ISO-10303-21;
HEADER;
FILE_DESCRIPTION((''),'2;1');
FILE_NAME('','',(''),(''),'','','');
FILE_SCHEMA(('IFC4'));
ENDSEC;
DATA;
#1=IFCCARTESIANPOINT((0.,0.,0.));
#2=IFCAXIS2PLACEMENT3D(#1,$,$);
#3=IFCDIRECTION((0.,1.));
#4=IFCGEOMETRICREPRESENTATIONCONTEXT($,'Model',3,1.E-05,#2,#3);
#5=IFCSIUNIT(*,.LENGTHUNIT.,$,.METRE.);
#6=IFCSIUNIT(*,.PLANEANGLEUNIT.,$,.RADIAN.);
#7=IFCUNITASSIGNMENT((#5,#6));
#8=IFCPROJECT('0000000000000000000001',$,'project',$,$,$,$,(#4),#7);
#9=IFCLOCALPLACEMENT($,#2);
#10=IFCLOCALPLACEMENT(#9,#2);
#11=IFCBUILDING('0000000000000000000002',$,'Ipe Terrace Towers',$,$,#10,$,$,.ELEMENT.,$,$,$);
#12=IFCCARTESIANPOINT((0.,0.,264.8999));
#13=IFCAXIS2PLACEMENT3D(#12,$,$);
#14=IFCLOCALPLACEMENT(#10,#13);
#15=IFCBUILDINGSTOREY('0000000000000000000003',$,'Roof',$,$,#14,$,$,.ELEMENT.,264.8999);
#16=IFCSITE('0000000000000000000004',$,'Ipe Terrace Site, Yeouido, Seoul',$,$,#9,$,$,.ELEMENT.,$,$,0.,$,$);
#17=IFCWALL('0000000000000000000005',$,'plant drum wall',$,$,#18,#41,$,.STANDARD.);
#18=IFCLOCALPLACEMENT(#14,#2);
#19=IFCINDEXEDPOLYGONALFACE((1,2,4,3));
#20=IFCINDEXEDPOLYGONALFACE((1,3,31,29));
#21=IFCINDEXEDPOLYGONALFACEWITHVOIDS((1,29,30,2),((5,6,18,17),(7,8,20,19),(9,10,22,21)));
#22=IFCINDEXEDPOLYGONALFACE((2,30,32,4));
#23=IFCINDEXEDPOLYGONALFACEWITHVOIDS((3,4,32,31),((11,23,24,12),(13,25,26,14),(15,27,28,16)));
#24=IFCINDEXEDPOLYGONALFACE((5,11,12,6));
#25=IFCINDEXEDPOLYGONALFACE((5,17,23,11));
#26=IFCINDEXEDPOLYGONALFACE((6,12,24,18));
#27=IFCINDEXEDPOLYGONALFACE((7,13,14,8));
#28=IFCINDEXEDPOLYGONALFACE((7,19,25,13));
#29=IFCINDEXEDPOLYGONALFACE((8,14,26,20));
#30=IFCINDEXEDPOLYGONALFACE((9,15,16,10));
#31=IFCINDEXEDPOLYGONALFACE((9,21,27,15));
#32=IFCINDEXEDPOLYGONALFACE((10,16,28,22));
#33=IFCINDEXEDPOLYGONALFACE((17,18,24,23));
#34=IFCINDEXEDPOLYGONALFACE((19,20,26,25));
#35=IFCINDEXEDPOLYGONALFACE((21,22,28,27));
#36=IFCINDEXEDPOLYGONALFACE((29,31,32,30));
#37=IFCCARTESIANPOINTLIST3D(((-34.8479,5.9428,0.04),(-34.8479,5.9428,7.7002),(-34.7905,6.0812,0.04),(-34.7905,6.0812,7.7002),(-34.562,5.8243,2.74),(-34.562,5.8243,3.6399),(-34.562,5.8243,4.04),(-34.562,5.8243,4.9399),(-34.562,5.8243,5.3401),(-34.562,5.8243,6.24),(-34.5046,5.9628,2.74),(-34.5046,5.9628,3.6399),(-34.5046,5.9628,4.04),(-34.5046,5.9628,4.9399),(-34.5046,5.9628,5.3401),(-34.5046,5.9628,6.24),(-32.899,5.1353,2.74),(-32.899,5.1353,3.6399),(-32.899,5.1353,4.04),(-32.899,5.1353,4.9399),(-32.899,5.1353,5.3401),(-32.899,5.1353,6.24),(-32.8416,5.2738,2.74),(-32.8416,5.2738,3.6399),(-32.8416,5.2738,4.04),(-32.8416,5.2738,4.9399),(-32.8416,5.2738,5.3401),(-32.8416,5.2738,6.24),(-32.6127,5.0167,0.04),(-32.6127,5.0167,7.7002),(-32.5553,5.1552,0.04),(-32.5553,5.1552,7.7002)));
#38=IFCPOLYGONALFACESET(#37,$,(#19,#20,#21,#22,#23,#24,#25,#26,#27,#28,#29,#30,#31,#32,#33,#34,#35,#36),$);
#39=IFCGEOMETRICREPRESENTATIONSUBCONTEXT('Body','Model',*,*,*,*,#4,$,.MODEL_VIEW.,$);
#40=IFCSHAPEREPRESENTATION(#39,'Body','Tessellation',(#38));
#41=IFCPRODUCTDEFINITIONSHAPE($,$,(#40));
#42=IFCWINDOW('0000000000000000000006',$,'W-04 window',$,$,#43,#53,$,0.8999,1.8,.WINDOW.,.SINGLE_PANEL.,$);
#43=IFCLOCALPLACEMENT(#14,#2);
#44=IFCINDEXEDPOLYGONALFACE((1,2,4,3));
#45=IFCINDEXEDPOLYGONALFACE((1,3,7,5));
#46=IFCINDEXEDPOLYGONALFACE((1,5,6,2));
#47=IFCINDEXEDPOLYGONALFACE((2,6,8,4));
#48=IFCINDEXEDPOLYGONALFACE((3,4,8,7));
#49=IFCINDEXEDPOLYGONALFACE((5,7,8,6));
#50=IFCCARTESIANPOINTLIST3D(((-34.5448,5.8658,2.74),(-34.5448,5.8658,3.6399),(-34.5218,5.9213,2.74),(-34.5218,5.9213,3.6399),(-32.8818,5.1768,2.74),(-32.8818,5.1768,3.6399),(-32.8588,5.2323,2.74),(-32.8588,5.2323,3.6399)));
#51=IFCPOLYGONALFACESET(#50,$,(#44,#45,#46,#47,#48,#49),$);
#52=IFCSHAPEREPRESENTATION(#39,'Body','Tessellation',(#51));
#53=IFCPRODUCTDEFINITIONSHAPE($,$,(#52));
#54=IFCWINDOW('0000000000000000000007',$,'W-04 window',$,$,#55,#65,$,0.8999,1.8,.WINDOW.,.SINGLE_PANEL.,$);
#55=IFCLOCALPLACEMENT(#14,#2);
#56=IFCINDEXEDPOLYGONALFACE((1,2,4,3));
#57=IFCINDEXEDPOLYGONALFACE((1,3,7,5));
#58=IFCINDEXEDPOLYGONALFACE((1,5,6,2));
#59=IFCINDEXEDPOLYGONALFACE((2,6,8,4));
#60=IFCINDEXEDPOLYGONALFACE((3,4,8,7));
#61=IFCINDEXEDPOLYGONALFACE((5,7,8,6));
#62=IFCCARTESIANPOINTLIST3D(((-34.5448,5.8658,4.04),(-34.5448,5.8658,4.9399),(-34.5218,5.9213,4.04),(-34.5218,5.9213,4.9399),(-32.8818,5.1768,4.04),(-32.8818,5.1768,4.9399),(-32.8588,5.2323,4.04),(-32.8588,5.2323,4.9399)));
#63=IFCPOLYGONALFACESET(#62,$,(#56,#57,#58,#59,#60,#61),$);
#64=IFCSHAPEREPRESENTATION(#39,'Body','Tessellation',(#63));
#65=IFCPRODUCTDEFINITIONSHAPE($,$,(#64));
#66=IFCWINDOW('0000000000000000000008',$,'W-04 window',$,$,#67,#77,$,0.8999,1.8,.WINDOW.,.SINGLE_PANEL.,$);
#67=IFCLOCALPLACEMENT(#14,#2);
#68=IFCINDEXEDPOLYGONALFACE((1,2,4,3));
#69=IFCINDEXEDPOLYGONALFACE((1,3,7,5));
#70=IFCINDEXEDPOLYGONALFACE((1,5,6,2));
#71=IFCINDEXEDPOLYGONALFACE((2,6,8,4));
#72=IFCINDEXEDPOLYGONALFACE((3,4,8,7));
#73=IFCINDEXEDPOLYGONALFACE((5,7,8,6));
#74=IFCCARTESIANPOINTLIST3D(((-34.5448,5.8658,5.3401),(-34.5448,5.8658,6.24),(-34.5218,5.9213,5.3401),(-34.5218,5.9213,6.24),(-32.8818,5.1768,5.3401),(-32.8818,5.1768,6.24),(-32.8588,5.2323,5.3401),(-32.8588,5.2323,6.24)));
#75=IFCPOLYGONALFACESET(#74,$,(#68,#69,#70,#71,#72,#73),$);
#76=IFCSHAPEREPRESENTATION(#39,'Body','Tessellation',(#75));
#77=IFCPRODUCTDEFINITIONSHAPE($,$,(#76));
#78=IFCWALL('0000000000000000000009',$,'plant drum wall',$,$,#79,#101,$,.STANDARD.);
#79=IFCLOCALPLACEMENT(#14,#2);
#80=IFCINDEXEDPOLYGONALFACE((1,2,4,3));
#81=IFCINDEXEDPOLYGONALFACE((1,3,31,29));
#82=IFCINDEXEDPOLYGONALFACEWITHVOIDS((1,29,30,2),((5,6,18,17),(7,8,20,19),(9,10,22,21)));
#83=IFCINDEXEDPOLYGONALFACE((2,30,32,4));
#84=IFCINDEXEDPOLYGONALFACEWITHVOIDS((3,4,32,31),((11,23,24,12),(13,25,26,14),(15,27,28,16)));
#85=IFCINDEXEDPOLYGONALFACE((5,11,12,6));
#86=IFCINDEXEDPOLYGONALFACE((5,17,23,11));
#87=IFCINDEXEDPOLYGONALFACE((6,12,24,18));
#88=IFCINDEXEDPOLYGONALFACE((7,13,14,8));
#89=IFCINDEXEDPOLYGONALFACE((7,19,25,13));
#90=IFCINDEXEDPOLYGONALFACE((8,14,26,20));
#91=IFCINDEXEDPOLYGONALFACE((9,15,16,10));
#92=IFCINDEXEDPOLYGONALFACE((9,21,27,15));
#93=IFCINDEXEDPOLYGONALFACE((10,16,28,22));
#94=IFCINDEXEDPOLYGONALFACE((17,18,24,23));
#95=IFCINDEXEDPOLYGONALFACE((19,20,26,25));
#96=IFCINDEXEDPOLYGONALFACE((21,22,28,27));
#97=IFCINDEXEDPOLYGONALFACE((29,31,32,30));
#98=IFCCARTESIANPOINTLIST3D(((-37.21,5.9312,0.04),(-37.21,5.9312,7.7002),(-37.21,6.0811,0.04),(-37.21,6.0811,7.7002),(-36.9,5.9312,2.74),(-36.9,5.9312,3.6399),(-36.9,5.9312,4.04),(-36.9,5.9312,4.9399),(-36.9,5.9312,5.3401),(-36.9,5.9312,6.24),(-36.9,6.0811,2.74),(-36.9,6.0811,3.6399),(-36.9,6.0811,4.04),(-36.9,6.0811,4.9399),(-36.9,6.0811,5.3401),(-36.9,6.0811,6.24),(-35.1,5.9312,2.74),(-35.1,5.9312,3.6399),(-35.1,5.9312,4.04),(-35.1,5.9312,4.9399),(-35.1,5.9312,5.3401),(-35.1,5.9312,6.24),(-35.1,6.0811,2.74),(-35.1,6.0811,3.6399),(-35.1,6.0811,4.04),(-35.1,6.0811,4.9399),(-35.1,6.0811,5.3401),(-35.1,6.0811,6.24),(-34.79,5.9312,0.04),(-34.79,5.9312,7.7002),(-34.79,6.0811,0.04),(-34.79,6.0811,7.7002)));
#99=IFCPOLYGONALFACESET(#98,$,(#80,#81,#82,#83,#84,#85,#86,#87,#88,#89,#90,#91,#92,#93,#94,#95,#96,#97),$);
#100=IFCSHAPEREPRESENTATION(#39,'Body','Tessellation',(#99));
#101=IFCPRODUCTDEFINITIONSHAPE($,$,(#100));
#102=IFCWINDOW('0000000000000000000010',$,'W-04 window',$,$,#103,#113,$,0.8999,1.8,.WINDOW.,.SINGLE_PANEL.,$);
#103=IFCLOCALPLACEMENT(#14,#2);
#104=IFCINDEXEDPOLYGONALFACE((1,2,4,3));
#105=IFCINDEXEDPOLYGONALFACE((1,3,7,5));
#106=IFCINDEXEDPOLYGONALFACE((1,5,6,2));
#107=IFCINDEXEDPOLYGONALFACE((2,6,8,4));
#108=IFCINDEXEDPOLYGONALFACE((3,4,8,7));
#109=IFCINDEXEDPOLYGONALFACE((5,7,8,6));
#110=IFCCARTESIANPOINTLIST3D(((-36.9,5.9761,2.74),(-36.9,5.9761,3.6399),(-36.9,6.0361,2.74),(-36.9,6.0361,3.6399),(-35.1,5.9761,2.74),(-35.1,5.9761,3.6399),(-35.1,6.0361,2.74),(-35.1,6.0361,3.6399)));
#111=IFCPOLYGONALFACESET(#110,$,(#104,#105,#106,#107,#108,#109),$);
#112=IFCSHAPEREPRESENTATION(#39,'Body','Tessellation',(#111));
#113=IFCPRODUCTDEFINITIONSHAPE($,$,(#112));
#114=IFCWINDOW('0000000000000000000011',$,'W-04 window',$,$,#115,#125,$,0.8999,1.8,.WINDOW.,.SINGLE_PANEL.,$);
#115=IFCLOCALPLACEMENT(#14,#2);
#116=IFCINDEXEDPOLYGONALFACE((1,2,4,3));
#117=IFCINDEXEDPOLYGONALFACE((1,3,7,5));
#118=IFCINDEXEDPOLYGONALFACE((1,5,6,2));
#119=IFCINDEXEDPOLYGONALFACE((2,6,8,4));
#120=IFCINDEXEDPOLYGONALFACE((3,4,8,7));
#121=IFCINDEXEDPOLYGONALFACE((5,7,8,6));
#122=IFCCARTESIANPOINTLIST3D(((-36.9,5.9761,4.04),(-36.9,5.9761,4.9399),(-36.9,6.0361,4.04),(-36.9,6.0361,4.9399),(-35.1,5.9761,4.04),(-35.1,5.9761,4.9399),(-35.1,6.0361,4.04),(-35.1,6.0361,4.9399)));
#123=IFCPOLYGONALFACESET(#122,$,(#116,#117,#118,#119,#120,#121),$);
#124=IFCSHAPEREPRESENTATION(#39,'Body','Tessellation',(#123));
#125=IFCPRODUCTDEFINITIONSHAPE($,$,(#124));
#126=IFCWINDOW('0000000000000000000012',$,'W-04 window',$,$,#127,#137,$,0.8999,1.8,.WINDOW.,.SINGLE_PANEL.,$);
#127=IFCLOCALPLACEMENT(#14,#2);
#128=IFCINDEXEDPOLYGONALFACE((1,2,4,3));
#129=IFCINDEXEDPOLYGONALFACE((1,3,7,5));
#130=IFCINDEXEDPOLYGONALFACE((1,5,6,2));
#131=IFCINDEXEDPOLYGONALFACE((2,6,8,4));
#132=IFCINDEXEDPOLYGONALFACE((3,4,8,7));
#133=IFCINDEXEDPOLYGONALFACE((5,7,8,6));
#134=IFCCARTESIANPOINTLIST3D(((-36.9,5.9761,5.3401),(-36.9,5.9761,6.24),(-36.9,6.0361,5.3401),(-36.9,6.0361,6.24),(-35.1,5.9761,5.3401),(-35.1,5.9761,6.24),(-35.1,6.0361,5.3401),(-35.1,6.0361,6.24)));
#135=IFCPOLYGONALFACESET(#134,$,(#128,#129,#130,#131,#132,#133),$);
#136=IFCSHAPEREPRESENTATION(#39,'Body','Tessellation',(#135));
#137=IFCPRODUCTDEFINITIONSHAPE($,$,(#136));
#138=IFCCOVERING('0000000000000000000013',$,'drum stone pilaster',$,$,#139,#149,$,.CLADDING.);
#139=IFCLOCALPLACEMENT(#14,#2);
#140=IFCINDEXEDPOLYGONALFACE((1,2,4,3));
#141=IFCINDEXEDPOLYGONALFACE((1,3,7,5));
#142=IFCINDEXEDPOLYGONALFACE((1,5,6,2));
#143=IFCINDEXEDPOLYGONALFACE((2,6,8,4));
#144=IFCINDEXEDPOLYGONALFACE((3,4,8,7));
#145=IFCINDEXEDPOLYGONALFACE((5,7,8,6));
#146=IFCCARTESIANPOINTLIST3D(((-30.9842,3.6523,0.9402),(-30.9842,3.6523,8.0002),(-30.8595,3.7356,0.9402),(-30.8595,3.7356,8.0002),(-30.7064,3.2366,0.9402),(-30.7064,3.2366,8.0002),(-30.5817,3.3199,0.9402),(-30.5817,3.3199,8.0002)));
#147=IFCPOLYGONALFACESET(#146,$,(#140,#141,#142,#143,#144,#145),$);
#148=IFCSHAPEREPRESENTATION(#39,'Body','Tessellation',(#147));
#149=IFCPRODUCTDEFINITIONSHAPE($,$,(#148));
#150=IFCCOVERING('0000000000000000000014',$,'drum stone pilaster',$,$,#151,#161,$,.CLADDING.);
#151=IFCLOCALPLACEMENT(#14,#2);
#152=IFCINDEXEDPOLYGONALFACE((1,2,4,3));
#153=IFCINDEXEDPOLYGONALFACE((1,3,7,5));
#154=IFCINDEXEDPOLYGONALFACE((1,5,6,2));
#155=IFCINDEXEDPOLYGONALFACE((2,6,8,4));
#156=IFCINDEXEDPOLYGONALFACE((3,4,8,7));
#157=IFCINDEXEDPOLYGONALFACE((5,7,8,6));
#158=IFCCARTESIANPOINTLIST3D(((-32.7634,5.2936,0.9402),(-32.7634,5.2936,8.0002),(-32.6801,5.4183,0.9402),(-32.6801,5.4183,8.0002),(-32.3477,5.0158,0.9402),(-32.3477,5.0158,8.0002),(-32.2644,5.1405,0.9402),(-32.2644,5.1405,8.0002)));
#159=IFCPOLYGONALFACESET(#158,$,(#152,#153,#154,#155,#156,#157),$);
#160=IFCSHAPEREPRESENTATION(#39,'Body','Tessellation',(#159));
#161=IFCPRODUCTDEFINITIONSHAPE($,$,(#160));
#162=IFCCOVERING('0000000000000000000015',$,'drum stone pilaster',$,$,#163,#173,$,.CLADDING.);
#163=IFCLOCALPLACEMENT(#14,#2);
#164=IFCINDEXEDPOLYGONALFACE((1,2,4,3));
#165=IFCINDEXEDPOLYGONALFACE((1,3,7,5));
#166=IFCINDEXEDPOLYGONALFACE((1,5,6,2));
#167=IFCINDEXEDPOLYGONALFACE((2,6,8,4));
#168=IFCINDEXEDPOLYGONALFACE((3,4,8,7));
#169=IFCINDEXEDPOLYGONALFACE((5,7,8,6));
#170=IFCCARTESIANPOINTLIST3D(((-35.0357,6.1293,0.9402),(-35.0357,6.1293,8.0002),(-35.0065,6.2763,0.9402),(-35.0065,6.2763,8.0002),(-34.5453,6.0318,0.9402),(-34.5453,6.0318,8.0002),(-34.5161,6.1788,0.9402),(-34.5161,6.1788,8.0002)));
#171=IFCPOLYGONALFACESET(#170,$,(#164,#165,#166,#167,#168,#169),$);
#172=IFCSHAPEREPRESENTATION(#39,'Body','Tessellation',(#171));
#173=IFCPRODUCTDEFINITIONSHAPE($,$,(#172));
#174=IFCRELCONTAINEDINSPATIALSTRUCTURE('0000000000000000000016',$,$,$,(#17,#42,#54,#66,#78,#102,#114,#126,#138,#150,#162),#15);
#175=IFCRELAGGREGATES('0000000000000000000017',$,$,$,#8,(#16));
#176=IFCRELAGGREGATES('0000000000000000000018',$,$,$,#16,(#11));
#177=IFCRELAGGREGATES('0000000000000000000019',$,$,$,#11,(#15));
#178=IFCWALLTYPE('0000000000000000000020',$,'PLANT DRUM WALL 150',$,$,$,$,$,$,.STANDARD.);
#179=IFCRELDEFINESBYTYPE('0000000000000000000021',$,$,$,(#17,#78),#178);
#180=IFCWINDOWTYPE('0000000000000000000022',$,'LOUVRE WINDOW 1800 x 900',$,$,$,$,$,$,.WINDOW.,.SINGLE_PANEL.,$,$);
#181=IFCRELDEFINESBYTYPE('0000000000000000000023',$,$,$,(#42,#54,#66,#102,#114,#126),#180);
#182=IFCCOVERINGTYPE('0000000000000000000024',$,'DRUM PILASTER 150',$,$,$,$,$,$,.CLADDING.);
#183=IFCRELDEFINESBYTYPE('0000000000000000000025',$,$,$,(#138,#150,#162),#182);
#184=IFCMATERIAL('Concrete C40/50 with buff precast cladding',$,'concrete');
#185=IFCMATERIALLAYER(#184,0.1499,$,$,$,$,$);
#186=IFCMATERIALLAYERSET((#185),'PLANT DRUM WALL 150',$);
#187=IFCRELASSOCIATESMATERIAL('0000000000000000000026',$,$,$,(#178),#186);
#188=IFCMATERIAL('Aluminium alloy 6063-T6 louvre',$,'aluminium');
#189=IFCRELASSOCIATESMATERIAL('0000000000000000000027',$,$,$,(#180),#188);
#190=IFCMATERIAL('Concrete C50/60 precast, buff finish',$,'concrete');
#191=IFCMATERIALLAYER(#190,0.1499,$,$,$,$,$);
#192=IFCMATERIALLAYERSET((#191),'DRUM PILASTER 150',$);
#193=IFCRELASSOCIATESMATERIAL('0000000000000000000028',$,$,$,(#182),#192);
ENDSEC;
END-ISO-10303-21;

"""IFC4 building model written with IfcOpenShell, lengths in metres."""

from ifc_helpers import new_model, si_unit, direction, frame, frame_2d, origin, origin_2d, place, context, subcontext, project, spatial, rectangle, extrude, material, layer, layer_set, type_object, element, fill, save


model = new_model("IFC4")

# Units and contexts
model_context = context("Model", 3, precision=1e-05, world=origin(), true_north=direction((0.0, 1.0)))
body_context = subcontext(model_context, "Body", "Model", "MODEL_VIEW")
ifc_project = project(units=[si_unit("LENGTHUNIT", "METRE"), si_unit("PLANEANGLEUNIT", "RADIAN")], contexts=[model_context])

# Site, building, storey
site_placement = place(None, origin())
site = spatial("IfcSite", under=ifc_project, at=site_placement, Name="Ipe Terrace Site, Yeouido, Seoul", CompositionType="ELEMENT", RefElevation=0.0)
building_placement = place(site_placement, origin())
building = spatial("IfcBuilding", under=site, at=building_placement, Name="Ipe Terrace Towers", CompositionType="ELEMENT")
storey_placement = place(building_placement, frame((0.0, 0.0, 264.8999)))
storey = spatial("IfcBuildingStorey", under=building, at=storey_placement, Name="Roof", CompositionType="ELEMENT", Elevation=264.8999)

# Walls, openings, windows
ifc_material_1 = material(Name="Concrete C40/50 with buff precast cladding", Category="concrete")
ifc_layer_1 = layer(ifc_material_1, 0.1499)
ifc_layer_set_1 = layer_set([ifc_layer_1], Name="PLANT DRUM WALL 150")
wall_type = type_object("IfcWallType", Name="PLANT DRUM WALL 150", PredefinedType="STANDARD", material=ifc_layer_set_1)
ifc_material_2 = material(Name="Aluminium alloy 6063-T6 louvre", Category="aluminium")
window_type = type_object("IfcWindowType", Name="LOUVRE WINDOW 1800 x 900", PartitioningType="SINGLE_PANEL", PredefinedType="WINDOW", material=ifc_material_2)
wall_1_placement = place(storey_placement, frame((-32.584, 5.0859, 0.04), z_axis=(0.0, 0.0, 1.0), x_axis=(-0.923848, 0.382759, 0.0)))
wall_1 = element("IfcWall", 1, at=wall_1_placement, inside=storey, type_object=wall_type, Name="plant drum wall", PredefinedType="STANDARD", context=body_context, shape_type="SweptSolid", body=[
    extrude(rectangle(XDim=2.4194, YDim=0.1499, at=frame_2d((1.2097, 0.0))), origin(), (0.0, 0.0, 1.0), 7.6602),
])
opening_1_placement = place(wall_1_placement, frame((0.3101, 0.0, 2.7)))
opening_1 = element("IfcOpeningElement", 2, at=opening_1_placement, cuts=wall_1, PredefinedType="OPENING", context=body_context, shape_type="SweptSolid", body=[
    extrude(rectangle(XDim=1.8, YDim=0.8999, at=frame_2d((0.8999, 0.45))), frame((0.0, 0.085, 0.0), z_axis=(0.0, -1.0, 0.0), x_axis=(1.0, 0.0, 0.0)), (0.0, 0.0, 1.0), 0.1699),
])
opening_2_placement = place(wall_1_placement, frame((0.3101, 0.0, 4.0)))
opening_2 = element("IfcOpeningElement", 3, at=opening_2_placement, cuts=wall_1, PredefinedType="OPENING", context=body_context, shape_type="SweptSolid", body=[
    extrude(rectangle(XDim=1.8, YDim=0.8999, at=frame_2d((0.8999, 0.45))), frame((0.0, 0.085, 0.0), z_axis=(0.0, -1.0, 0.0), x_axis=(1.0, 0.0, 0.0)), (0.0, 0.0, 1.0), 0.1699),
])
opening_3_placement = place(wall_1_placement, frame((0.3101, 0.0, 5.3)))
opening_3 = element("IfcOpeningElement", 4, at=opening_3_placement, cuts=wall_1, PredefinedType="OPENING", context=body_context, shape_type="SweptSolid", body=[
    extrude(rectangle(XDim=1.8, YDim=0.8999, at=frame_2d((0.8999, 0.45))), frame((0.0, 0.085, 0.0), z_axis=(0.0, -1.0, 0.0), x_axis=(1.0, 0.0, 0.0)), (0.0, 0.0, 1.0), 0.1699),
])
window_1_placement = place(opening_1_placement, origin())
window_1 = element("IfcWindow", 5, at=window_1_placement, inside=storey, type_object=window_type, Name="W-04 window", OverallHeight=0.8999, OverallWidth=1.8, PartitioningType="SINGLE_PANEL", PredefinedType="WINDOW", context=body_context, shape_type="SweptSolid", body=[
    extrude(rectangle(XDim=1.8, YDim=0.8999, at=frame_2d((0.8999, 0.45))), frame((0.0, 0.03, 0.0), z_axis=(0.0, -1.0, 0.0), x_axis=(1.0, 0.0, 0.0)), (0.0, 0.0, 1.0), 0.0601),
])
fill(opening_1, window_1)
window_2_placement = place(opening_2_placement, origin())
window_2 = element("IfcWindow", 6, at=window_2_placement, inside=storey, type_object=window_type, Name="W-04 window", OverallHeight=0.8999, OverallWidth=1.8, PartitioningType="SINGLE_PANEL", PredefinedType="WINDOW", context=body_context, shape_type="SweptSolid", body=[
    extrude(rectangle(XDim=1.8, YDim=0.8999, at=frame_2d((0.8999, 0.45))), frame((0.0, 0.03, 0.0), z_axis=(0.0, -1.0, 0.0), x_axis=(1.0, 0.0, 0.0)), (0.0, 0.0, 1.0), 0.0601),
])
fill(opening_2, window_2)
window_3_placement = place(opening_3_placement, origin())
window_3 = element("IfcWindow", 7, at=window_3_placement, inside=storey, type_object=window_type, Name="W-04 window", OverallHeight=0.8999, OverallWidth=1.8, PartitioningType="SINGLE_PANEL", PredefinedType="WINDOW", context=body_context, shape_type="SweptSolid", body=[
    extrude(rectangle(XDim=1.8, YDim=0.8999, at=frame_2d((0.8999, 0.45))), frame((0.0, 0.03, 0.0), z_axis=(0.0, -1.0, 0.0), x_axis=(1.0, 0.0, 0.0)), (0.0, 0.0, 1.0), 0.0601),
])
fill(opening_3, window_3)
wall_2_placement = place(storey_placement, frame((-34.79, 6.0061, 0.04), z_axis=(0.0, 0.0, 1.0), x_axis=(-1.0, 0.0, 0.0)))
wall_2 = element("IfcWall", 8, at=wall_2_placement, inside=storey, type_object=wall_type, Name="plant drum wall", PredefinedType="STANDARD", context=body_context, shape_type="SweptSolid", body=[
    extrude(rectangle(XDim=2.4199, YDim=0.1499, at=frame_2d((1.21, 0.0))), origin(), (0.0, 0.0, 1.0), 7.6602),
])
opening_4_placement = place(wall_2_placement, frame((0.3101, 0.0, 2.7)))
opening_4 = element("IfcOpeningElement", 9, at=opening_4_placement, cuts=wall_2, PredefinedType="OPENING", context=body_context, shape_type="SweptSolid", body=[
    extrude(rectangle(XDim=1.8, YDim=0.8999, at=frame_2d((0.8999, 0.45))), frame((0.0, 0.085, 0.0), z_axis=(0.0, -1.0, 0.0), x_axis=(1.0, 0.0, 0.0)), (0.0, 0.0, 1.0), 0.1699),
])
opening_5_placement = place(wall_2_placement, frame((0.3101, 0.0, 4.0)))
opening_5 = element("IfcOpeningElement", 10, at=opening_5_placement, cuts=wall_2, PredefinedType="OPENING", context=body_context, shape_type="SweptSolid", body=[
    extrude(rectangle(XDim=1.8, YDim=0.8999, at=frame_2d((0.8999, 0.45))), frame((0.0, 0.085, 0.0), z_axis=(0.0, -1.0, 0.0), x_axis=(1.0, 0.0, 0.0)), (0.0, 0.0, 1.0), 0.1699),
])
opening_6_placement = place(wall_2_placement, frame((0.3101, 0.0, 5.3)))
opening_6 = element("IfcOpeningElement", 11, at=opening_6_placement, cuts=wall_2, PredefinedType="OPENING", context=body_context, shape_type="SweptSolid", body=[
    extrude(rectangle(XDim=1.8, YDim=0.8999, at=frame_2d((0.8999, 0.45))), frame((0.0, 0.085, 0.0), z_axis=(0.0, -1.0, 0.0), x_axis=(1.0, 0.0, 0.0)), (0.0, 0.0, 1.0), 0.1699),
])
window_4_placement = place(opening_4_placement, origin())
window_4 = element("IfcWindow", 12, at=window_4_placement, inside=storey, type_object=window_type, Name="W-04 window", OverallHeight=0.8999, OverallWidth=1.8, PartitioningType="SINGLE_PANEL", PredefinedType="WINDOW", context=body_context, shape_type="SweptSolid", body=[
    extrude(rectangle(XDim=1.8, YDim=0.8999, at=frame_2d((0.8999, 0.45))), frame((0.0, 0.03, 0.0), z_axis=(0.0, -1.0, 0.0), x_axis=(1.0, 0.0, 0.0)), (0.0, 0.0, 1.0), 0.0601),
])
fill(opening_4, window_4)
window_5_placement = place(opening_5_placement, origin())
window_5 = element("IfcWindow", 13, at=window_5_placement, inside=storey, type_object=window_type, Name="W-04 window", OverallHeight=0.8999, OverallWidth=1.8, PartitioningType="SINGLE_PANEL", PredefinedType="WINDOW", context=body_context, shape_type="SweptSolid", body=[
    extrude(rectangle(XDim=1.8, YDim=0.8999, at=frame_2d((0.8999, 0.45))), frame((0.0, 0.03, 0.0), z_axis=(0.0, -1.0, 0.0), x_axis=(1.0, 0.0, 0.0)), (0.0, 0.0, 1.0), 0.0601),
])
fill(opening_5, window_5)
window_6_placement = place(opening_6_placement, origin())
window_6 = element("IfcWindow", 14, at=window_6_placement, inside=storey, type_object=window_type, Name="W-04 window", OverallHeight=0.8999, OverallWidth=1.8, PartitioningType="SINGLE_PANEL", PredefinedType="WINDOW", context=body_context, shape_type="SweptSolid", body=[
    extrude(rectangle(XDim=1.8, YDim=0.8999, at=frame_2d((0.8999, 0.45))), frame((0.0, 0.03, 0.0), z_axis=(0.0, -1.0, 0.0), x_axis=(1.0, 0.0, 0.0)), (0.0, 0.0, 1.0), 0.0601),
])
fill(opening_6, window_6)

# Coverings
ifc_material_3 = material(Name="Concrete C50/60 precast, buff finish", Category="concrete")
ifc_layer_2 = layer(ifc_material_3, 0.1499)
ifc_layer_set_2 = layer_set([ifc_layer_2], Name="DRUM PILASTER 150")
covering_type = type_object("IfcCoveringType", Name="DRUM PILASTER 150", PredefinedType="CLADDING", material=ifc_layer_set_2)
for number, where, z_axis, x_axis, name in (
    (15, (-30.783, 3.4861, 0.9402), (0.0, 0.0, 1.0), (0.83147, 0.55557, 0.0), "drum stone pilaster"),
    (16, (-32.5139, 5.217, 0.9402), (0.0, 0.0, 1.0), (0.55557, 0.83147, 0.0), "drum stone pilaster"),
    (17, (-34.7759, 6.1541, 0.9402), (0.0, 0.0, 1.0), (0.19509, 0.980785, 0.0), "drum stone pilaster"),
):
    element("IfcCovering", number, at=place(storey_placement, frame(where, z_axis=z_axis, x_axis=x_axis)), inside=storey, type_object=covering_type, Name=name, PredefinedType="CLADDING", context=body_context, shape_type="SweptSolid", body=[
        extrude(rectangle(XDim=0.1499, YDim=0.5, at=origin_2d()), origin(), (0.0, 0.0, 1.0), 7.0601),
    ])

save(model, "model.ifc")
